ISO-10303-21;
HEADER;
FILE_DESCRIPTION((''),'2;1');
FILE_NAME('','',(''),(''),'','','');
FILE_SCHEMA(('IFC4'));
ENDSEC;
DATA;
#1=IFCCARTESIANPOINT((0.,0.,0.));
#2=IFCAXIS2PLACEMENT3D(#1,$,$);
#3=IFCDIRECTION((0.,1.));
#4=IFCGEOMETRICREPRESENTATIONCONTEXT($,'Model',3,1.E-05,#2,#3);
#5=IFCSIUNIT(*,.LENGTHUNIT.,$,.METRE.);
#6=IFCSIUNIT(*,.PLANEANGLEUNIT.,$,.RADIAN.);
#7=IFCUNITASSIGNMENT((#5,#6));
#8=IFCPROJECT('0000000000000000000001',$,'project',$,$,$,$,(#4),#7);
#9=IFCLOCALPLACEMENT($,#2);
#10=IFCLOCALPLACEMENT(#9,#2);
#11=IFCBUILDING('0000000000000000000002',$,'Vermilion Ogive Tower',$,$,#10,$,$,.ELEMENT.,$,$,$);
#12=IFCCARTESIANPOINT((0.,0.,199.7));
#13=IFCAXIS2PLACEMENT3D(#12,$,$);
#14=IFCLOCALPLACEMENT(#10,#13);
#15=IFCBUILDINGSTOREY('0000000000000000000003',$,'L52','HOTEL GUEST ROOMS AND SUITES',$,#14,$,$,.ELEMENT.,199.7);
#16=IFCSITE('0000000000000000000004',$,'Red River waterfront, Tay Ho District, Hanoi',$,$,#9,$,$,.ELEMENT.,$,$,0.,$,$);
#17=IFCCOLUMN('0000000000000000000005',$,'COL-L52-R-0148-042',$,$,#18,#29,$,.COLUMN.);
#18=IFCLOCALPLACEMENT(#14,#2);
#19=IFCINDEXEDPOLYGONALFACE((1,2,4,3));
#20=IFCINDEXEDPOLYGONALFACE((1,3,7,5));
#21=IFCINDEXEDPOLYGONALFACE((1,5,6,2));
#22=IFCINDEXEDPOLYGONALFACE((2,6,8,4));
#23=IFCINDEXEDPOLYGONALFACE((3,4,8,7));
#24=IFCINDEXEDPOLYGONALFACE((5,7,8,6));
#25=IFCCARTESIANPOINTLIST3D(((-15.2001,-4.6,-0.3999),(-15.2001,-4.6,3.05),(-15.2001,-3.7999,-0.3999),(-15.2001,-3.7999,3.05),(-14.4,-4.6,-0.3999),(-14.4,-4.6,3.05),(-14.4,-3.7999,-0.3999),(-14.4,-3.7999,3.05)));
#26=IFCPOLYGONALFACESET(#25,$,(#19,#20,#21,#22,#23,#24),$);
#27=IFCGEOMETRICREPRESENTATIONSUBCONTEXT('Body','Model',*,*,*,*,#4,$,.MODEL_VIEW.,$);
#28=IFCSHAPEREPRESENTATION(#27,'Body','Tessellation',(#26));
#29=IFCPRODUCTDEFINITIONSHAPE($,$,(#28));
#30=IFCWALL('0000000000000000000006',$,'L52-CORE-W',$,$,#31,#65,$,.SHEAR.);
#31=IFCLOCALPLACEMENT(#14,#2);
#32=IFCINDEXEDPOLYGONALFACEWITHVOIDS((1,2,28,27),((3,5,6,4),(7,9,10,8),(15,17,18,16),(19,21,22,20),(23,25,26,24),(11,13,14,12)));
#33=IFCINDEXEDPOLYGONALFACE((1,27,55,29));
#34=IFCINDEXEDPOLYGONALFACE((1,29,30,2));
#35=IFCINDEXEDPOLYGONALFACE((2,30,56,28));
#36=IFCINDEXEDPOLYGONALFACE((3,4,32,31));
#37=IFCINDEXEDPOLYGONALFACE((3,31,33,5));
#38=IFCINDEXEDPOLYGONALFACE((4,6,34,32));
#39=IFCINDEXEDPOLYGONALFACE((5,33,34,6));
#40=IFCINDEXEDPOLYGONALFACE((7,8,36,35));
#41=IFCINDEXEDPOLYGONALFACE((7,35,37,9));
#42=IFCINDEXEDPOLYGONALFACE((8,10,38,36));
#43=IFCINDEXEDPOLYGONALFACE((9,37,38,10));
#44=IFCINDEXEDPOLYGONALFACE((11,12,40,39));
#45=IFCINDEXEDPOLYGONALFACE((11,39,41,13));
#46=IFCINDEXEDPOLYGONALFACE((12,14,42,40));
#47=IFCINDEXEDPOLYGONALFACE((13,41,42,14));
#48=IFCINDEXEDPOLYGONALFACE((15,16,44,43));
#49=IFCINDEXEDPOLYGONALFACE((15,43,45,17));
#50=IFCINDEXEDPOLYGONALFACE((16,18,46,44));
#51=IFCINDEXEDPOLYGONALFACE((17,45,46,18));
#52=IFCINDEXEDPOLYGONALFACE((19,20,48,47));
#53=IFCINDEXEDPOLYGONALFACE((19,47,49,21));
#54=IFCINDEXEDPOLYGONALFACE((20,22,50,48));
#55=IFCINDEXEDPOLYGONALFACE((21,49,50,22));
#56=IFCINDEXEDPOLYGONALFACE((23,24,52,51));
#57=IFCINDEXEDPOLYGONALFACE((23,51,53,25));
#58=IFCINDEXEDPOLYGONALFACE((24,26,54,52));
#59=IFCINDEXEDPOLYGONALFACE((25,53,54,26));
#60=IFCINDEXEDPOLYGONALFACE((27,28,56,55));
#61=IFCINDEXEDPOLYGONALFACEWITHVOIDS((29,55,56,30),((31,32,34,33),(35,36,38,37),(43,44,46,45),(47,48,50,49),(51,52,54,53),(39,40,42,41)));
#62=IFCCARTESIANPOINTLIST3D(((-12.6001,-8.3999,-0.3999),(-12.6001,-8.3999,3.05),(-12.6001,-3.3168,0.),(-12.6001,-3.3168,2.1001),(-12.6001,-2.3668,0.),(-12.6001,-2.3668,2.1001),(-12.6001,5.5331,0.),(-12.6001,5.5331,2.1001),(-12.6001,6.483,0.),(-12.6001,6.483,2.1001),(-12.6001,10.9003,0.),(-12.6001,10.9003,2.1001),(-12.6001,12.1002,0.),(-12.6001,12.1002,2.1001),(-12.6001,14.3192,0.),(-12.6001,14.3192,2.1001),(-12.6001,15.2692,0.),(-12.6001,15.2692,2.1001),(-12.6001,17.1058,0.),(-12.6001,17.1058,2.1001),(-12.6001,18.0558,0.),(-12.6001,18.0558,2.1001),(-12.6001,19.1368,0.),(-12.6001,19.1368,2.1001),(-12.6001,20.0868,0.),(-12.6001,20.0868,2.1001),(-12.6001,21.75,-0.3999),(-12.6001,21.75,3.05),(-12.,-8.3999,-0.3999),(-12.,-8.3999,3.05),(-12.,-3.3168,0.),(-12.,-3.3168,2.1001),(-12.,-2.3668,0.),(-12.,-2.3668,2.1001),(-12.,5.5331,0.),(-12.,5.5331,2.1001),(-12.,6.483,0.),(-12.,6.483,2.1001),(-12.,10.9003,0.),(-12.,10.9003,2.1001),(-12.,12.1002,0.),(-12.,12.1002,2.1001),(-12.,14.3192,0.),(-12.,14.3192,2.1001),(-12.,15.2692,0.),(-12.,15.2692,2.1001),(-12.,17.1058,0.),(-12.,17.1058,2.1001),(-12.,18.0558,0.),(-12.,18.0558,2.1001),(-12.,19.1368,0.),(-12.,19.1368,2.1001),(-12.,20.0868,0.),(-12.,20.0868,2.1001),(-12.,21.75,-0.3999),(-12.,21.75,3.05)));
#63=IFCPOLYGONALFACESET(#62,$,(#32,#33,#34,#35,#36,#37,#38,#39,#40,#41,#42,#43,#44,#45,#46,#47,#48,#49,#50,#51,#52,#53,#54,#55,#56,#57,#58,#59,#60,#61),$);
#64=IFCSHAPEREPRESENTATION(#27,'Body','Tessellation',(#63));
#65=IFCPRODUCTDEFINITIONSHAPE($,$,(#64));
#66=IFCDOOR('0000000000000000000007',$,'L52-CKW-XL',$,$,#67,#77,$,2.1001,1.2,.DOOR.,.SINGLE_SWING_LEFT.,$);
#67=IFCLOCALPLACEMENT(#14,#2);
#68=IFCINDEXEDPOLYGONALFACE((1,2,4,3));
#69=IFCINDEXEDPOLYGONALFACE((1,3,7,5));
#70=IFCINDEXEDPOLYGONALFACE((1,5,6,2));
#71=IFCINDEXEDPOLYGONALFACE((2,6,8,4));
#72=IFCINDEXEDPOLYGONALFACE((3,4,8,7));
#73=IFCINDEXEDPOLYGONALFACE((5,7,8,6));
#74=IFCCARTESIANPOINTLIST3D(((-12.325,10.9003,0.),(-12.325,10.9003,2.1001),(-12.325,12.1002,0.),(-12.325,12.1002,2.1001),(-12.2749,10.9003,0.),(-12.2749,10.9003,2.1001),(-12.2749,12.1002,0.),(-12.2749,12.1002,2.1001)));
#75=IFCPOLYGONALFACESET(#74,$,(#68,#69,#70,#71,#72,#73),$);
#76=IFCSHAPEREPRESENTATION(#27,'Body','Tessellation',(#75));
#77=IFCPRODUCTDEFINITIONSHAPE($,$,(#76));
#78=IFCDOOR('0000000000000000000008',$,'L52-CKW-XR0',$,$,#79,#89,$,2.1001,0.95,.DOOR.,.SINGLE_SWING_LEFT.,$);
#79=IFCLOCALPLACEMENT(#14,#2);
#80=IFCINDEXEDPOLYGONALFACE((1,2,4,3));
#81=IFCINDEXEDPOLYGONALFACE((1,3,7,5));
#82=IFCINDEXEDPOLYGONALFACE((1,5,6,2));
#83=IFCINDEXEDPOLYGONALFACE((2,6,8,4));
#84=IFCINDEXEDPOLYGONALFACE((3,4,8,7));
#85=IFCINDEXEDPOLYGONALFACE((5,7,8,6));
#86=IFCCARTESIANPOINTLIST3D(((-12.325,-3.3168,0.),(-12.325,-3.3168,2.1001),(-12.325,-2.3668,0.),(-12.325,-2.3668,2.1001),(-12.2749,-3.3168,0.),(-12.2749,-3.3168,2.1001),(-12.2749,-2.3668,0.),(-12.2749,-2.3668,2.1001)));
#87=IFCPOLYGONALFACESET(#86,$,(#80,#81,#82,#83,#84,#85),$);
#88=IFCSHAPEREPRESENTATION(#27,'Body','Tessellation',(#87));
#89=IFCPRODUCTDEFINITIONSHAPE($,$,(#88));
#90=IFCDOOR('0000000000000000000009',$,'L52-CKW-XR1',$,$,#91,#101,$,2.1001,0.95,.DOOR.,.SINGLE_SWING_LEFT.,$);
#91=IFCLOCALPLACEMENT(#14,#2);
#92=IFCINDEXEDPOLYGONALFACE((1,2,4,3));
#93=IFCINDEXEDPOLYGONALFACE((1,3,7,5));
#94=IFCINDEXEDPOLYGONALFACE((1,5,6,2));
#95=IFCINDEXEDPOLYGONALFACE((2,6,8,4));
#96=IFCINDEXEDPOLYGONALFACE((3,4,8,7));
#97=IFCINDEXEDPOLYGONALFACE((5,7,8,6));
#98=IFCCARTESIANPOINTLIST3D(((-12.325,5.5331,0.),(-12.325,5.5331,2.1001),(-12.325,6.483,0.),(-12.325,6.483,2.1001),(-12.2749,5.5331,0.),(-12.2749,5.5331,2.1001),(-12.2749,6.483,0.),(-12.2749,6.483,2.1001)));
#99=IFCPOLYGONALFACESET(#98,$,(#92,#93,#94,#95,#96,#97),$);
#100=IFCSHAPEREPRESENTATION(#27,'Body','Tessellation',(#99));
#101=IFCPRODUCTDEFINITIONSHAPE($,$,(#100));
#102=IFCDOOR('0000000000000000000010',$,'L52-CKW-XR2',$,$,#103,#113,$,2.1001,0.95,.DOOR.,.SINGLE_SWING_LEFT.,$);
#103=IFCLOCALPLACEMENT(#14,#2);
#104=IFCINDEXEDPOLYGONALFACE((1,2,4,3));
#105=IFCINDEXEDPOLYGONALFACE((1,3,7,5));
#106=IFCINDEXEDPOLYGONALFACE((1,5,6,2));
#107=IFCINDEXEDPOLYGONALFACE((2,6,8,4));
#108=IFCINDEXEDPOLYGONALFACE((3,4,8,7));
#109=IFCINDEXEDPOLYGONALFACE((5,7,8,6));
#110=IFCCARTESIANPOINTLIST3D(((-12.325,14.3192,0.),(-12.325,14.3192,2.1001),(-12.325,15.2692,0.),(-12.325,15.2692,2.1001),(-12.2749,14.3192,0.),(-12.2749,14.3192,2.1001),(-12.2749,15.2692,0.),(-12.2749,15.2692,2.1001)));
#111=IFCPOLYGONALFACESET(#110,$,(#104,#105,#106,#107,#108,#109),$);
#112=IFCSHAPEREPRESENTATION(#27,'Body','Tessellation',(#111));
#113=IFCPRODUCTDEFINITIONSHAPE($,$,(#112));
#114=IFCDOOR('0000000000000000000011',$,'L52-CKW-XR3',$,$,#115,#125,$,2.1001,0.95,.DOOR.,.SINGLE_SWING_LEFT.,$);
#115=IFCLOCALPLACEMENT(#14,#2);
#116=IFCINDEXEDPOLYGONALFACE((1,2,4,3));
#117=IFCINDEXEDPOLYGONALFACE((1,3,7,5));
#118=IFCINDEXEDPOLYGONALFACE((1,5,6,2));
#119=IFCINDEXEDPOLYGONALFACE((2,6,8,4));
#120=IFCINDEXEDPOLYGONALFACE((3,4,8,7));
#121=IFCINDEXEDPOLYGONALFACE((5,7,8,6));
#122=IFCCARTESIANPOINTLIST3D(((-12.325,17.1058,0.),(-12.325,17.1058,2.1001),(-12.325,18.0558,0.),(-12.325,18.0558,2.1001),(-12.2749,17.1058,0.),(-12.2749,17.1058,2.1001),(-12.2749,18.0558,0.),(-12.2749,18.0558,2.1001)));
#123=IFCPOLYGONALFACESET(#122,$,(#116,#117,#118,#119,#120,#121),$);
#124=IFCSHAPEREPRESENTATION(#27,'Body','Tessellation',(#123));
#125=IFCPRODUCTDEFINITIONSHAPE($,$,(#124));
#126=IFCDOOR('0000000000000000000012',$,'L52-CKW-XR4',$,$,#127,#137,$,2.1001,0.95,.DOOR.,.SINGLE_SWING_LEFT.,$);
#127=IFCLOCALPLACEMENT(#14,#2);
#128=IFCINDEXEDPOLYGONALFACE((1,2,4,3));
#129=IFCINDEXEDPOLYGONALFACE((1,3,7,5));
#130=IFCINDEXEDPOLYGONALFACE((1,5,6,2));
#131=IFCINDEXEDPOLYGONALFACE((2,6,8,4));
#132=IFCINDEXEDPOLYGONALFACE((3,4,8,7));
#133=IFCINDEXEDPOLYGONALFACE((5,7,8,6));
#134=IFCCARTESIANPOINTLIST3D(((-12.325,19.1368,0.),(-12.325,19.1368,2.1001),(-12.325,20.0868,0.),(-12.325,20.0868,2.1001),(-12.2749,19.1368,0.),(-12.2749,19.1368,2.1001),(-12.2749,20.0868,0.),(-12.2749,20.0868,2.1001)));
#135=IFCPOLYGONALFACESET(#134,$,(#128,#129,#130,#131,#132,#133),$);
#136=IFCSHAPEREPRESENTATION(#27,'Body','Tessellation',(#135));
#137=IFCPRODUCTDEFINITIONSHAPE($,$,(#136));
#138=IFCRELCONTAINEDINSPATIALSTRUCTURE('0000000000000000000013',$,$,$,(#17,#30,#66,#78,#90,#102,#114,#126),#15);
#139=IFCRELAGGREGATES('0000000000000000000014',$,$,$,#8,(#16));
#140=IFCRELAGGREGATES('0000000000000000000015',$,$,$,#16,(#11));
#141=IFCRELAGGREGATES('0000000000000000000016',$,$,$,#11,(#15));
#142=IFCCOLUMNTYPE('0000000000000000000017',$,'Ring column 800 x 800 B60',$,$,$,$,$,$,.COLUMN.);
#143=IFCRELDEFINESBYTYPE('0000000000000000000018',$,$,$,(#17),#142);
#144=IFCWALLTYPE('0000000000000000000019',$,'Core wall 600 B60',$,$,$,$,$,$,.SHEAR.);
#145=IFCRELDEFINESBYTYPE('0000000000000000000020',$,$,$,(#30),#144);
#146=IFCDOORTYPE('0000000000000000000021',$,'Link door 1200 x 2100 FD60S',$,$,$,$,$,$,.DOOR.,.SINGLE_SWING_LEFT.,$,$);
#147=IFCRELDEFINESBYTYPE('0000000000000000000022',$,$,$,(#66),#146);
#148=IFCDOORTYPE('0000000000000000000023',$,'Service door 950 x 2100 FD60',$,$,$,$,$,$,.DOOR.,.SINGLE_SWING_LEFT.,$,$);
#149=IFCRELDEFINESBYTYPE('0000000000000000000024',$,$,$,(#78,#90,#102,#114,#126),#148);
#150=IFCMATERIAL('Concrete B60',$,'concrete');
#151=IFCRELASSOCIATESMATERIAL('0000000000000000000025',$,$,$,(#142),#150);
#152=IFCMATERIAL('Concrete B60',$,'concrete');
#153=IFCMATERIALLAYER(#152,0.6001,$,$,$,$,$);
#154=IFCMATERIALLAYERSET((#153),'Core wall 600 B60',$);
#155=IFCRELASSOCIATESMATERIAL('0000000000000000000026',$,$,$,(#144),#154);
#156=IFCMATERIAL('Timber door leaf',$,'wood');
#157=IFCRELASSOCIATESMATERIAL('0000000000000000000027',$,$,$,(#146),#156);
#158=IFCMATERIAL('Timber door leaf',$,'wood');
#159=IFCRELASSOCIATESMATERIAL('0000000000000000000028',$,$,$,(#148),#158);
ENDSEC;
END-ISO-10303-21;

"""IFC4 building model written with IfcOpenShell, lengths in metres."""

from ifc_helpers import new_model, si_unit, direction, frame, frame_2d, origin, origin_2d, place, context, subcontext, project, spatial, rectangle, extrude, material, layer, layer_set, material_profile, profile_set, type_object, element, fill, save


model = new_model("IFC4")

# Units and contexts
model_context = context("Model", 3, precision=1e-05, world=origin(), true_north=direction((0.0, 1.0)))
body_context = subcontext(model_context, "Body", "Model", "MODEL_VIEW")
ifc_project = project(units=[si_unit("LENGTHUNIT", "METRE"), si_unit("PLANEANGLEUNIT", "RADIAN")], contexts=[model_context])

# Site, building, storey
site_placement = place(None, origin())
site = spatial("IfcSite", under=ifc_project, at=site_placement, Name="Red River waterfront, Tay Ho District, Hanoi", CompositionType="ELEMENT", RefElevation=0.0)
building_placement = place(site_placement, origin())
building = spatial("IfcBuilding", under=site, at=building_placement, Name="Vermilion Ogive Tower", CompositionType="ELEMENT")
storey_placement = place(building_placement, frame((0.0, 0.0, 199.7)))
storey = spatial("IfcBuildingStorey", under=building, at=storey_placement, Name="L52", Description="HOTEL GUEST ROOMS AND SUITES", CompositionType="ELEMENT", Elevation=199.7)

# Column
ifc_material_1 = material(Name="Concrete B60", Category="concrete")
ifc_material_profile = material_profile(ifc_material_1, rectangle(XDim=0.8, YDim=0.8, at=origin_2d()), Name="800 x 800")
ifc_profile_set = profile_set([ifc_material_profile], Name="Concrete B60")
column_type = type_object("IfcColumnType", Name="Ring column 800 x 800 B60", PredefinedType="COLUMN", material=ifc_profile_set)
column_placement = place(storey_placement, frame((-14.8, -4.2, -0.3999), z_axis=(0.0, 0.0, 1.0), x_axis=(1.0, 0.0, 0.0)))
element("IfcColumn", 1, at=column_placement, inside=storey, type_object=column_type, Name="COL-L52-R-0148-042", PredefinedType="COLUMN", context=body_context, shape_type="SweptSolid", body=[
    extrude(rectangle(XDim=0.8, YDim=0.8, at=origin_2d()), origin(), (0.0, 0.0, 1.0), 3.45),
])

# Wall, openings, doors
ifc_material_2 = material(Name="Concrete B60", Category="concrete")
ifc_layer_1 = layer(ifc_material_2, 0.6001)
ifc_layer_set_1 = layer_set([ifc_layer_1], Name="Core wall 600 B60")
wall_type_1 = type_object("IfcWallType", Name="Core wall 600 B60", PredefinedType="SHEAR", material=ifc_layer_set_1)
wall_1_placement = place(storey_placement, frame((-12.3, -8.3999, -0.3999), z_axis=(0.0, 0.0, 1.0), x_axis=(0.0, 1.0, 0.0)))
wall_1 = element("IfcWall", 2, at=wall_1_placement, inside=storey, type_object=wall_type_1, Name="L52-CORE-W", PredefinedType="SHEAR", context=body_context, shape_type="SweptSolid", body=[
    extrude(rectangle(XDim=30.1499, YDim=0.6001, at=frame_2d((15.075, 0.0))), origin(), (0.0, 0.0, 1.0), 3.45),
])
opening_1_placement = place(wall_1_placement, frame((5.083, 0.0, 0.3999)))
opening_1 = element("IfcOpeningElement", 3, at=opening_1_placement, cuts=wall_1, PredefinedType="OPENING", context=body_context, shape_type="SweptSolid", body=[
    extrude(rectangle(XDim=0.95, YDim=2.1001, at=frame_2d((0.4751, 1.05))), frame((0.0, 0.3101, 0.0), z_axis=(0.0, -1.0, 0.0), x_axis=(1.0, 0.0, 0.0)), (0.0, 0.0, 1.0), 0.6201),
])
opening_2_placement = place(wall_1_placement, frame((13.9329, 0.0, 0.3999)))
opening_2 = element("IfcOpeningElement", 4, at=opening_2_placement, cuts=wall_1, PredefinedType="OPENING", context=body_context, shape_type="SweptSolid", body=[
    extrude(rectangle(XDim=0.95, YDim=2.1001, at=frame_2d((0.4751, 1.05))), frame((0.0, 0.3101, 0.0), z_axis=(0.0, -1.0, 0.0), x_axis=(1.0, 0.0, 0.0)), (0.0, 0.0, 1.0), 0.6201),
])
opening_3_placement = place(wall_1_placement, frame((22.719, 0.0, 0.3999)))
opening_3 = element("IfcOpeningElement", 5, at=opening_3_placement, cuts=wall_1, PredefinedType="OPENING", context=body_context, shape_type="SweptSolid", body=[
    extrude(rectangle(XDim=0.95, YDim=2.1001, at=frame_2d((0.4751, 1.05))), frame((0.0, 0.3101, 0.0), z_axis=(0.0, -1.0, 0.0), x_axis=(1.0, 0.0, 0.0)), (0.0, 0.0, 1.0), 0.6201),
])
opening_4_placement = place(wall_1_placement, frame((25.5056, 0.0, 0.3999)))
opening_4 = element("IfcOpeningElement", 6, at=opening_4_placement, cuts=wall_1, PredefinedType="OPENING", context=body_context, shape_type="SweptSolid", body=[
    extrude(rectangle(XDim=0.95, YDim=2.1001, at=frame_2d((0.4751, 1.05))), frame((0.0, 0.3101, 0.0), z_axis=(0.0, -1.0, 0.0), x_axis=(1.0, 0.0, 0.0)), (0.0, 0.0, 1.0), 0.6201),
])
opening_5_placement = place(wall_1_placement, frame((27.5366, 0.0, 0.3999)))
opening_5 = element("IfcOpeningElement", 7, at=opening_5_placement, cuts=wall_1, PredefinedType="OPENING", context=body_context, shape_type="SweptSolid", body=[
    extrude(rectangle(XDim=0.95, YDim=2.1001, at=frame_2d((0.4751, 1.05))), frame((0.0, 0.3101, 0.0), z_axis=(0.0, -1.0, 0.0), x_axis=(1.0, 0.0, 0.0)), (0.0, 0.0, 1.0), 0.6201),
])
opening_6_placement = place(wall_1_placement, frame((19.3, 0.0, 0.3999)))
opening_6 = element("IfcOpeningElement", 8, at=opening_6_placement, cuts=wall_1, PredefinedType="OPENING", context=body_context, shape_type="SweptSolid", body=[
    extrude(rectangle(XDim=1.2, YDim=2.1001, at=frame_2d((0.6001, 1.05))), frame((0.0, 0.3101, 0.0), z_axis=(0.0, -1.0, 0.0), x_axis=(1.0, 0.0, 0.0)), (0.0, 0.0, 1.0), 0.6201),
])
ifc_material_3 = material(Name="Timber door leaf", Category="wood")
door_type_1 = type_object("IfcDoorType", Name="Link door 1200 x 2100 FD60S", OperationType="SINGLE_SWING_LEFT", PredefinedType="DOOR", material=ifc_material_3)
door_1_placement = place(opening_6_placement, origin())
door_1 = element("IfcDoor", 9, at=door_1_placement, inside=storey, type_object=door_type_1, Name="L52-CKW-XL", OperationType="SINGLE_SWING_LEFT", OverallHeight=2.1001, OverallWidth=1.2, PredefinedType="DOOR", context=body_context, shape_type="SweptSolid", body=[
    extrude(rectangle(XDim=1.2, YDim=2.1001, at=frame_2d((0.6001, 1.05))), frame((0.0, 0.0249, 0.0), z_axis=(0.0, -1.0, 0.0), x_axis=(1.0, 0.0, 0.0)), (0.0, 0.0, 1.0), 0.05),
])
fill(opening_6, door_1)
ifc_material_4 = material(Name="Timber door leaf", Category="wood")
door_type_2 = type_object("IfcDoorType", Name="Service door 950 x 2100 FD60", OperationType="SINGLE_SWING_LEFT", PredefinedType="DOOR", material=ifc_material_4)
door_2_placement = place(opening_1_placement, origin())
door_2 = element("IfcDoor", 10, at=door_2_placement, inside=storey, type_object=door_type_2, Name="L52-CKW-XR0", OperationType="SINGLE_SWING_LEFT", OverallHeight=2.1001, OverallWidth=0.95, PredefinedType="DOOR", context=body_context, shape_type="SweptSolid", body=[
    extrude(rectangle(XDim=0.95, YDim=2.1001, at=frame_2d((0.4751, 1.05))), frame((0.0, 0.0249, 0.0), z_axis=(0.0, -1.0, 0.0), x_axis=(1.0, 0.0, 0.0)), (0.0, 0.0, 1.0), 0.05),
])
fill(opening_1, door_2)
door_3_placement = place(opening_2_placement, origin())
door_3 = element("IfcDoor", 11, at=door_3_placement, inside=storey, type_object=door_type_2, Name="L52-CKW-XR1", OperationType="SINGLE_SWING_LEFT", OverallHeight=2.1001, OverallWidth=0.95, PredefinedType="DOOR", context=body_context, shape_type="SweptSolid", body=[
    extrude(rectangle(XDim=0.95, YDim=2.1001, at=frame_2d((0.4751, 1.05))), frame((0.0, 0.0249, 0.0), z_axis=(0.0, -1.0, 0.0), x_axis=(1.0, 0.0, 0.0)), (0.0, 0.0, 1.0), 0.05),
])
fill(opening_2, door_3)
door_4_placement = place(opening_3_placement, origin())
door_4 = element("IfcDoor", 12, at=door_4_placement, inside=storey, type_object=door_type_2, Name="L52-CKW-XR2", OperationType="SINGLE_SWING_LEFT", OverallHeight=2.1001, OverallWidth=0.95, PredefinedType="DOOR", context=body_context, shape_type="SweptSolid", body=[
    extrude(rectangle(XDim=0.95, YDim=2.1001, at=frame_2d((0.4751, 1.05))), frame((0.0, 0.0249, 0.0), z_axis=(0.0, -1.0, 0.0), x_axis=(1.0, 0.0, 0.0)), (0.0, 0.0, 1.0), 0.05),
])
fill(opening_3, door_4)
door_5_placement = place(opening_4_placement, origin())
door_5 = element("IfcDoor", 13, at=door_5_placement, inside=storey, type_object=door_type_2, Name="L52-CKW-XR3", OperationType="SINGLE_SWING_LEFT", OverallHeight=2.1001, OverallWidth=0.95, PredefinedType="DOOR", context=body_context, shape_type="SweptSolid", body=[
    extrude(rectangle(XDim=0.95, YDim=2.1001, at=frame_2d((0.4751, 1.05))), frame((0.0, 0.0249, 0.0), z_axis=(0.0, -1.0, 0.0), x_axis=(1.0, 0.0, 0.0)), (0.0, 0.0, 1.0), 0.05),
])
fill(opening_4, door_5)
door_6_placement = place(opening_5_placement, origin())
door_6 = element("IfcDoor", 14, at=door_6_placement, inside=storey, type_object=door_type_2, Name="L52-CKW-XR4", OperationType="SINGLE_SWING_LEFT", OverallHeight=2.1001, OverallWidth=0.95, PredefinedType="DOOR", context=body_context, shape_type="SweptSolid", body=[
    extrude(rectangle(XDim=0.95, YDim=2.1001, at=frame_2d((0.4751, 1.05))), frame((0.0, 0.0249, 0.0), z_axis=(0.0, -1.0, 0.0), x_axis=(1.0, 0.0, 0.0)), (0.0, 0.0, 1.0), 0.05),
])
fill(opening_5, door_6)

save(model, "model.ifc")
